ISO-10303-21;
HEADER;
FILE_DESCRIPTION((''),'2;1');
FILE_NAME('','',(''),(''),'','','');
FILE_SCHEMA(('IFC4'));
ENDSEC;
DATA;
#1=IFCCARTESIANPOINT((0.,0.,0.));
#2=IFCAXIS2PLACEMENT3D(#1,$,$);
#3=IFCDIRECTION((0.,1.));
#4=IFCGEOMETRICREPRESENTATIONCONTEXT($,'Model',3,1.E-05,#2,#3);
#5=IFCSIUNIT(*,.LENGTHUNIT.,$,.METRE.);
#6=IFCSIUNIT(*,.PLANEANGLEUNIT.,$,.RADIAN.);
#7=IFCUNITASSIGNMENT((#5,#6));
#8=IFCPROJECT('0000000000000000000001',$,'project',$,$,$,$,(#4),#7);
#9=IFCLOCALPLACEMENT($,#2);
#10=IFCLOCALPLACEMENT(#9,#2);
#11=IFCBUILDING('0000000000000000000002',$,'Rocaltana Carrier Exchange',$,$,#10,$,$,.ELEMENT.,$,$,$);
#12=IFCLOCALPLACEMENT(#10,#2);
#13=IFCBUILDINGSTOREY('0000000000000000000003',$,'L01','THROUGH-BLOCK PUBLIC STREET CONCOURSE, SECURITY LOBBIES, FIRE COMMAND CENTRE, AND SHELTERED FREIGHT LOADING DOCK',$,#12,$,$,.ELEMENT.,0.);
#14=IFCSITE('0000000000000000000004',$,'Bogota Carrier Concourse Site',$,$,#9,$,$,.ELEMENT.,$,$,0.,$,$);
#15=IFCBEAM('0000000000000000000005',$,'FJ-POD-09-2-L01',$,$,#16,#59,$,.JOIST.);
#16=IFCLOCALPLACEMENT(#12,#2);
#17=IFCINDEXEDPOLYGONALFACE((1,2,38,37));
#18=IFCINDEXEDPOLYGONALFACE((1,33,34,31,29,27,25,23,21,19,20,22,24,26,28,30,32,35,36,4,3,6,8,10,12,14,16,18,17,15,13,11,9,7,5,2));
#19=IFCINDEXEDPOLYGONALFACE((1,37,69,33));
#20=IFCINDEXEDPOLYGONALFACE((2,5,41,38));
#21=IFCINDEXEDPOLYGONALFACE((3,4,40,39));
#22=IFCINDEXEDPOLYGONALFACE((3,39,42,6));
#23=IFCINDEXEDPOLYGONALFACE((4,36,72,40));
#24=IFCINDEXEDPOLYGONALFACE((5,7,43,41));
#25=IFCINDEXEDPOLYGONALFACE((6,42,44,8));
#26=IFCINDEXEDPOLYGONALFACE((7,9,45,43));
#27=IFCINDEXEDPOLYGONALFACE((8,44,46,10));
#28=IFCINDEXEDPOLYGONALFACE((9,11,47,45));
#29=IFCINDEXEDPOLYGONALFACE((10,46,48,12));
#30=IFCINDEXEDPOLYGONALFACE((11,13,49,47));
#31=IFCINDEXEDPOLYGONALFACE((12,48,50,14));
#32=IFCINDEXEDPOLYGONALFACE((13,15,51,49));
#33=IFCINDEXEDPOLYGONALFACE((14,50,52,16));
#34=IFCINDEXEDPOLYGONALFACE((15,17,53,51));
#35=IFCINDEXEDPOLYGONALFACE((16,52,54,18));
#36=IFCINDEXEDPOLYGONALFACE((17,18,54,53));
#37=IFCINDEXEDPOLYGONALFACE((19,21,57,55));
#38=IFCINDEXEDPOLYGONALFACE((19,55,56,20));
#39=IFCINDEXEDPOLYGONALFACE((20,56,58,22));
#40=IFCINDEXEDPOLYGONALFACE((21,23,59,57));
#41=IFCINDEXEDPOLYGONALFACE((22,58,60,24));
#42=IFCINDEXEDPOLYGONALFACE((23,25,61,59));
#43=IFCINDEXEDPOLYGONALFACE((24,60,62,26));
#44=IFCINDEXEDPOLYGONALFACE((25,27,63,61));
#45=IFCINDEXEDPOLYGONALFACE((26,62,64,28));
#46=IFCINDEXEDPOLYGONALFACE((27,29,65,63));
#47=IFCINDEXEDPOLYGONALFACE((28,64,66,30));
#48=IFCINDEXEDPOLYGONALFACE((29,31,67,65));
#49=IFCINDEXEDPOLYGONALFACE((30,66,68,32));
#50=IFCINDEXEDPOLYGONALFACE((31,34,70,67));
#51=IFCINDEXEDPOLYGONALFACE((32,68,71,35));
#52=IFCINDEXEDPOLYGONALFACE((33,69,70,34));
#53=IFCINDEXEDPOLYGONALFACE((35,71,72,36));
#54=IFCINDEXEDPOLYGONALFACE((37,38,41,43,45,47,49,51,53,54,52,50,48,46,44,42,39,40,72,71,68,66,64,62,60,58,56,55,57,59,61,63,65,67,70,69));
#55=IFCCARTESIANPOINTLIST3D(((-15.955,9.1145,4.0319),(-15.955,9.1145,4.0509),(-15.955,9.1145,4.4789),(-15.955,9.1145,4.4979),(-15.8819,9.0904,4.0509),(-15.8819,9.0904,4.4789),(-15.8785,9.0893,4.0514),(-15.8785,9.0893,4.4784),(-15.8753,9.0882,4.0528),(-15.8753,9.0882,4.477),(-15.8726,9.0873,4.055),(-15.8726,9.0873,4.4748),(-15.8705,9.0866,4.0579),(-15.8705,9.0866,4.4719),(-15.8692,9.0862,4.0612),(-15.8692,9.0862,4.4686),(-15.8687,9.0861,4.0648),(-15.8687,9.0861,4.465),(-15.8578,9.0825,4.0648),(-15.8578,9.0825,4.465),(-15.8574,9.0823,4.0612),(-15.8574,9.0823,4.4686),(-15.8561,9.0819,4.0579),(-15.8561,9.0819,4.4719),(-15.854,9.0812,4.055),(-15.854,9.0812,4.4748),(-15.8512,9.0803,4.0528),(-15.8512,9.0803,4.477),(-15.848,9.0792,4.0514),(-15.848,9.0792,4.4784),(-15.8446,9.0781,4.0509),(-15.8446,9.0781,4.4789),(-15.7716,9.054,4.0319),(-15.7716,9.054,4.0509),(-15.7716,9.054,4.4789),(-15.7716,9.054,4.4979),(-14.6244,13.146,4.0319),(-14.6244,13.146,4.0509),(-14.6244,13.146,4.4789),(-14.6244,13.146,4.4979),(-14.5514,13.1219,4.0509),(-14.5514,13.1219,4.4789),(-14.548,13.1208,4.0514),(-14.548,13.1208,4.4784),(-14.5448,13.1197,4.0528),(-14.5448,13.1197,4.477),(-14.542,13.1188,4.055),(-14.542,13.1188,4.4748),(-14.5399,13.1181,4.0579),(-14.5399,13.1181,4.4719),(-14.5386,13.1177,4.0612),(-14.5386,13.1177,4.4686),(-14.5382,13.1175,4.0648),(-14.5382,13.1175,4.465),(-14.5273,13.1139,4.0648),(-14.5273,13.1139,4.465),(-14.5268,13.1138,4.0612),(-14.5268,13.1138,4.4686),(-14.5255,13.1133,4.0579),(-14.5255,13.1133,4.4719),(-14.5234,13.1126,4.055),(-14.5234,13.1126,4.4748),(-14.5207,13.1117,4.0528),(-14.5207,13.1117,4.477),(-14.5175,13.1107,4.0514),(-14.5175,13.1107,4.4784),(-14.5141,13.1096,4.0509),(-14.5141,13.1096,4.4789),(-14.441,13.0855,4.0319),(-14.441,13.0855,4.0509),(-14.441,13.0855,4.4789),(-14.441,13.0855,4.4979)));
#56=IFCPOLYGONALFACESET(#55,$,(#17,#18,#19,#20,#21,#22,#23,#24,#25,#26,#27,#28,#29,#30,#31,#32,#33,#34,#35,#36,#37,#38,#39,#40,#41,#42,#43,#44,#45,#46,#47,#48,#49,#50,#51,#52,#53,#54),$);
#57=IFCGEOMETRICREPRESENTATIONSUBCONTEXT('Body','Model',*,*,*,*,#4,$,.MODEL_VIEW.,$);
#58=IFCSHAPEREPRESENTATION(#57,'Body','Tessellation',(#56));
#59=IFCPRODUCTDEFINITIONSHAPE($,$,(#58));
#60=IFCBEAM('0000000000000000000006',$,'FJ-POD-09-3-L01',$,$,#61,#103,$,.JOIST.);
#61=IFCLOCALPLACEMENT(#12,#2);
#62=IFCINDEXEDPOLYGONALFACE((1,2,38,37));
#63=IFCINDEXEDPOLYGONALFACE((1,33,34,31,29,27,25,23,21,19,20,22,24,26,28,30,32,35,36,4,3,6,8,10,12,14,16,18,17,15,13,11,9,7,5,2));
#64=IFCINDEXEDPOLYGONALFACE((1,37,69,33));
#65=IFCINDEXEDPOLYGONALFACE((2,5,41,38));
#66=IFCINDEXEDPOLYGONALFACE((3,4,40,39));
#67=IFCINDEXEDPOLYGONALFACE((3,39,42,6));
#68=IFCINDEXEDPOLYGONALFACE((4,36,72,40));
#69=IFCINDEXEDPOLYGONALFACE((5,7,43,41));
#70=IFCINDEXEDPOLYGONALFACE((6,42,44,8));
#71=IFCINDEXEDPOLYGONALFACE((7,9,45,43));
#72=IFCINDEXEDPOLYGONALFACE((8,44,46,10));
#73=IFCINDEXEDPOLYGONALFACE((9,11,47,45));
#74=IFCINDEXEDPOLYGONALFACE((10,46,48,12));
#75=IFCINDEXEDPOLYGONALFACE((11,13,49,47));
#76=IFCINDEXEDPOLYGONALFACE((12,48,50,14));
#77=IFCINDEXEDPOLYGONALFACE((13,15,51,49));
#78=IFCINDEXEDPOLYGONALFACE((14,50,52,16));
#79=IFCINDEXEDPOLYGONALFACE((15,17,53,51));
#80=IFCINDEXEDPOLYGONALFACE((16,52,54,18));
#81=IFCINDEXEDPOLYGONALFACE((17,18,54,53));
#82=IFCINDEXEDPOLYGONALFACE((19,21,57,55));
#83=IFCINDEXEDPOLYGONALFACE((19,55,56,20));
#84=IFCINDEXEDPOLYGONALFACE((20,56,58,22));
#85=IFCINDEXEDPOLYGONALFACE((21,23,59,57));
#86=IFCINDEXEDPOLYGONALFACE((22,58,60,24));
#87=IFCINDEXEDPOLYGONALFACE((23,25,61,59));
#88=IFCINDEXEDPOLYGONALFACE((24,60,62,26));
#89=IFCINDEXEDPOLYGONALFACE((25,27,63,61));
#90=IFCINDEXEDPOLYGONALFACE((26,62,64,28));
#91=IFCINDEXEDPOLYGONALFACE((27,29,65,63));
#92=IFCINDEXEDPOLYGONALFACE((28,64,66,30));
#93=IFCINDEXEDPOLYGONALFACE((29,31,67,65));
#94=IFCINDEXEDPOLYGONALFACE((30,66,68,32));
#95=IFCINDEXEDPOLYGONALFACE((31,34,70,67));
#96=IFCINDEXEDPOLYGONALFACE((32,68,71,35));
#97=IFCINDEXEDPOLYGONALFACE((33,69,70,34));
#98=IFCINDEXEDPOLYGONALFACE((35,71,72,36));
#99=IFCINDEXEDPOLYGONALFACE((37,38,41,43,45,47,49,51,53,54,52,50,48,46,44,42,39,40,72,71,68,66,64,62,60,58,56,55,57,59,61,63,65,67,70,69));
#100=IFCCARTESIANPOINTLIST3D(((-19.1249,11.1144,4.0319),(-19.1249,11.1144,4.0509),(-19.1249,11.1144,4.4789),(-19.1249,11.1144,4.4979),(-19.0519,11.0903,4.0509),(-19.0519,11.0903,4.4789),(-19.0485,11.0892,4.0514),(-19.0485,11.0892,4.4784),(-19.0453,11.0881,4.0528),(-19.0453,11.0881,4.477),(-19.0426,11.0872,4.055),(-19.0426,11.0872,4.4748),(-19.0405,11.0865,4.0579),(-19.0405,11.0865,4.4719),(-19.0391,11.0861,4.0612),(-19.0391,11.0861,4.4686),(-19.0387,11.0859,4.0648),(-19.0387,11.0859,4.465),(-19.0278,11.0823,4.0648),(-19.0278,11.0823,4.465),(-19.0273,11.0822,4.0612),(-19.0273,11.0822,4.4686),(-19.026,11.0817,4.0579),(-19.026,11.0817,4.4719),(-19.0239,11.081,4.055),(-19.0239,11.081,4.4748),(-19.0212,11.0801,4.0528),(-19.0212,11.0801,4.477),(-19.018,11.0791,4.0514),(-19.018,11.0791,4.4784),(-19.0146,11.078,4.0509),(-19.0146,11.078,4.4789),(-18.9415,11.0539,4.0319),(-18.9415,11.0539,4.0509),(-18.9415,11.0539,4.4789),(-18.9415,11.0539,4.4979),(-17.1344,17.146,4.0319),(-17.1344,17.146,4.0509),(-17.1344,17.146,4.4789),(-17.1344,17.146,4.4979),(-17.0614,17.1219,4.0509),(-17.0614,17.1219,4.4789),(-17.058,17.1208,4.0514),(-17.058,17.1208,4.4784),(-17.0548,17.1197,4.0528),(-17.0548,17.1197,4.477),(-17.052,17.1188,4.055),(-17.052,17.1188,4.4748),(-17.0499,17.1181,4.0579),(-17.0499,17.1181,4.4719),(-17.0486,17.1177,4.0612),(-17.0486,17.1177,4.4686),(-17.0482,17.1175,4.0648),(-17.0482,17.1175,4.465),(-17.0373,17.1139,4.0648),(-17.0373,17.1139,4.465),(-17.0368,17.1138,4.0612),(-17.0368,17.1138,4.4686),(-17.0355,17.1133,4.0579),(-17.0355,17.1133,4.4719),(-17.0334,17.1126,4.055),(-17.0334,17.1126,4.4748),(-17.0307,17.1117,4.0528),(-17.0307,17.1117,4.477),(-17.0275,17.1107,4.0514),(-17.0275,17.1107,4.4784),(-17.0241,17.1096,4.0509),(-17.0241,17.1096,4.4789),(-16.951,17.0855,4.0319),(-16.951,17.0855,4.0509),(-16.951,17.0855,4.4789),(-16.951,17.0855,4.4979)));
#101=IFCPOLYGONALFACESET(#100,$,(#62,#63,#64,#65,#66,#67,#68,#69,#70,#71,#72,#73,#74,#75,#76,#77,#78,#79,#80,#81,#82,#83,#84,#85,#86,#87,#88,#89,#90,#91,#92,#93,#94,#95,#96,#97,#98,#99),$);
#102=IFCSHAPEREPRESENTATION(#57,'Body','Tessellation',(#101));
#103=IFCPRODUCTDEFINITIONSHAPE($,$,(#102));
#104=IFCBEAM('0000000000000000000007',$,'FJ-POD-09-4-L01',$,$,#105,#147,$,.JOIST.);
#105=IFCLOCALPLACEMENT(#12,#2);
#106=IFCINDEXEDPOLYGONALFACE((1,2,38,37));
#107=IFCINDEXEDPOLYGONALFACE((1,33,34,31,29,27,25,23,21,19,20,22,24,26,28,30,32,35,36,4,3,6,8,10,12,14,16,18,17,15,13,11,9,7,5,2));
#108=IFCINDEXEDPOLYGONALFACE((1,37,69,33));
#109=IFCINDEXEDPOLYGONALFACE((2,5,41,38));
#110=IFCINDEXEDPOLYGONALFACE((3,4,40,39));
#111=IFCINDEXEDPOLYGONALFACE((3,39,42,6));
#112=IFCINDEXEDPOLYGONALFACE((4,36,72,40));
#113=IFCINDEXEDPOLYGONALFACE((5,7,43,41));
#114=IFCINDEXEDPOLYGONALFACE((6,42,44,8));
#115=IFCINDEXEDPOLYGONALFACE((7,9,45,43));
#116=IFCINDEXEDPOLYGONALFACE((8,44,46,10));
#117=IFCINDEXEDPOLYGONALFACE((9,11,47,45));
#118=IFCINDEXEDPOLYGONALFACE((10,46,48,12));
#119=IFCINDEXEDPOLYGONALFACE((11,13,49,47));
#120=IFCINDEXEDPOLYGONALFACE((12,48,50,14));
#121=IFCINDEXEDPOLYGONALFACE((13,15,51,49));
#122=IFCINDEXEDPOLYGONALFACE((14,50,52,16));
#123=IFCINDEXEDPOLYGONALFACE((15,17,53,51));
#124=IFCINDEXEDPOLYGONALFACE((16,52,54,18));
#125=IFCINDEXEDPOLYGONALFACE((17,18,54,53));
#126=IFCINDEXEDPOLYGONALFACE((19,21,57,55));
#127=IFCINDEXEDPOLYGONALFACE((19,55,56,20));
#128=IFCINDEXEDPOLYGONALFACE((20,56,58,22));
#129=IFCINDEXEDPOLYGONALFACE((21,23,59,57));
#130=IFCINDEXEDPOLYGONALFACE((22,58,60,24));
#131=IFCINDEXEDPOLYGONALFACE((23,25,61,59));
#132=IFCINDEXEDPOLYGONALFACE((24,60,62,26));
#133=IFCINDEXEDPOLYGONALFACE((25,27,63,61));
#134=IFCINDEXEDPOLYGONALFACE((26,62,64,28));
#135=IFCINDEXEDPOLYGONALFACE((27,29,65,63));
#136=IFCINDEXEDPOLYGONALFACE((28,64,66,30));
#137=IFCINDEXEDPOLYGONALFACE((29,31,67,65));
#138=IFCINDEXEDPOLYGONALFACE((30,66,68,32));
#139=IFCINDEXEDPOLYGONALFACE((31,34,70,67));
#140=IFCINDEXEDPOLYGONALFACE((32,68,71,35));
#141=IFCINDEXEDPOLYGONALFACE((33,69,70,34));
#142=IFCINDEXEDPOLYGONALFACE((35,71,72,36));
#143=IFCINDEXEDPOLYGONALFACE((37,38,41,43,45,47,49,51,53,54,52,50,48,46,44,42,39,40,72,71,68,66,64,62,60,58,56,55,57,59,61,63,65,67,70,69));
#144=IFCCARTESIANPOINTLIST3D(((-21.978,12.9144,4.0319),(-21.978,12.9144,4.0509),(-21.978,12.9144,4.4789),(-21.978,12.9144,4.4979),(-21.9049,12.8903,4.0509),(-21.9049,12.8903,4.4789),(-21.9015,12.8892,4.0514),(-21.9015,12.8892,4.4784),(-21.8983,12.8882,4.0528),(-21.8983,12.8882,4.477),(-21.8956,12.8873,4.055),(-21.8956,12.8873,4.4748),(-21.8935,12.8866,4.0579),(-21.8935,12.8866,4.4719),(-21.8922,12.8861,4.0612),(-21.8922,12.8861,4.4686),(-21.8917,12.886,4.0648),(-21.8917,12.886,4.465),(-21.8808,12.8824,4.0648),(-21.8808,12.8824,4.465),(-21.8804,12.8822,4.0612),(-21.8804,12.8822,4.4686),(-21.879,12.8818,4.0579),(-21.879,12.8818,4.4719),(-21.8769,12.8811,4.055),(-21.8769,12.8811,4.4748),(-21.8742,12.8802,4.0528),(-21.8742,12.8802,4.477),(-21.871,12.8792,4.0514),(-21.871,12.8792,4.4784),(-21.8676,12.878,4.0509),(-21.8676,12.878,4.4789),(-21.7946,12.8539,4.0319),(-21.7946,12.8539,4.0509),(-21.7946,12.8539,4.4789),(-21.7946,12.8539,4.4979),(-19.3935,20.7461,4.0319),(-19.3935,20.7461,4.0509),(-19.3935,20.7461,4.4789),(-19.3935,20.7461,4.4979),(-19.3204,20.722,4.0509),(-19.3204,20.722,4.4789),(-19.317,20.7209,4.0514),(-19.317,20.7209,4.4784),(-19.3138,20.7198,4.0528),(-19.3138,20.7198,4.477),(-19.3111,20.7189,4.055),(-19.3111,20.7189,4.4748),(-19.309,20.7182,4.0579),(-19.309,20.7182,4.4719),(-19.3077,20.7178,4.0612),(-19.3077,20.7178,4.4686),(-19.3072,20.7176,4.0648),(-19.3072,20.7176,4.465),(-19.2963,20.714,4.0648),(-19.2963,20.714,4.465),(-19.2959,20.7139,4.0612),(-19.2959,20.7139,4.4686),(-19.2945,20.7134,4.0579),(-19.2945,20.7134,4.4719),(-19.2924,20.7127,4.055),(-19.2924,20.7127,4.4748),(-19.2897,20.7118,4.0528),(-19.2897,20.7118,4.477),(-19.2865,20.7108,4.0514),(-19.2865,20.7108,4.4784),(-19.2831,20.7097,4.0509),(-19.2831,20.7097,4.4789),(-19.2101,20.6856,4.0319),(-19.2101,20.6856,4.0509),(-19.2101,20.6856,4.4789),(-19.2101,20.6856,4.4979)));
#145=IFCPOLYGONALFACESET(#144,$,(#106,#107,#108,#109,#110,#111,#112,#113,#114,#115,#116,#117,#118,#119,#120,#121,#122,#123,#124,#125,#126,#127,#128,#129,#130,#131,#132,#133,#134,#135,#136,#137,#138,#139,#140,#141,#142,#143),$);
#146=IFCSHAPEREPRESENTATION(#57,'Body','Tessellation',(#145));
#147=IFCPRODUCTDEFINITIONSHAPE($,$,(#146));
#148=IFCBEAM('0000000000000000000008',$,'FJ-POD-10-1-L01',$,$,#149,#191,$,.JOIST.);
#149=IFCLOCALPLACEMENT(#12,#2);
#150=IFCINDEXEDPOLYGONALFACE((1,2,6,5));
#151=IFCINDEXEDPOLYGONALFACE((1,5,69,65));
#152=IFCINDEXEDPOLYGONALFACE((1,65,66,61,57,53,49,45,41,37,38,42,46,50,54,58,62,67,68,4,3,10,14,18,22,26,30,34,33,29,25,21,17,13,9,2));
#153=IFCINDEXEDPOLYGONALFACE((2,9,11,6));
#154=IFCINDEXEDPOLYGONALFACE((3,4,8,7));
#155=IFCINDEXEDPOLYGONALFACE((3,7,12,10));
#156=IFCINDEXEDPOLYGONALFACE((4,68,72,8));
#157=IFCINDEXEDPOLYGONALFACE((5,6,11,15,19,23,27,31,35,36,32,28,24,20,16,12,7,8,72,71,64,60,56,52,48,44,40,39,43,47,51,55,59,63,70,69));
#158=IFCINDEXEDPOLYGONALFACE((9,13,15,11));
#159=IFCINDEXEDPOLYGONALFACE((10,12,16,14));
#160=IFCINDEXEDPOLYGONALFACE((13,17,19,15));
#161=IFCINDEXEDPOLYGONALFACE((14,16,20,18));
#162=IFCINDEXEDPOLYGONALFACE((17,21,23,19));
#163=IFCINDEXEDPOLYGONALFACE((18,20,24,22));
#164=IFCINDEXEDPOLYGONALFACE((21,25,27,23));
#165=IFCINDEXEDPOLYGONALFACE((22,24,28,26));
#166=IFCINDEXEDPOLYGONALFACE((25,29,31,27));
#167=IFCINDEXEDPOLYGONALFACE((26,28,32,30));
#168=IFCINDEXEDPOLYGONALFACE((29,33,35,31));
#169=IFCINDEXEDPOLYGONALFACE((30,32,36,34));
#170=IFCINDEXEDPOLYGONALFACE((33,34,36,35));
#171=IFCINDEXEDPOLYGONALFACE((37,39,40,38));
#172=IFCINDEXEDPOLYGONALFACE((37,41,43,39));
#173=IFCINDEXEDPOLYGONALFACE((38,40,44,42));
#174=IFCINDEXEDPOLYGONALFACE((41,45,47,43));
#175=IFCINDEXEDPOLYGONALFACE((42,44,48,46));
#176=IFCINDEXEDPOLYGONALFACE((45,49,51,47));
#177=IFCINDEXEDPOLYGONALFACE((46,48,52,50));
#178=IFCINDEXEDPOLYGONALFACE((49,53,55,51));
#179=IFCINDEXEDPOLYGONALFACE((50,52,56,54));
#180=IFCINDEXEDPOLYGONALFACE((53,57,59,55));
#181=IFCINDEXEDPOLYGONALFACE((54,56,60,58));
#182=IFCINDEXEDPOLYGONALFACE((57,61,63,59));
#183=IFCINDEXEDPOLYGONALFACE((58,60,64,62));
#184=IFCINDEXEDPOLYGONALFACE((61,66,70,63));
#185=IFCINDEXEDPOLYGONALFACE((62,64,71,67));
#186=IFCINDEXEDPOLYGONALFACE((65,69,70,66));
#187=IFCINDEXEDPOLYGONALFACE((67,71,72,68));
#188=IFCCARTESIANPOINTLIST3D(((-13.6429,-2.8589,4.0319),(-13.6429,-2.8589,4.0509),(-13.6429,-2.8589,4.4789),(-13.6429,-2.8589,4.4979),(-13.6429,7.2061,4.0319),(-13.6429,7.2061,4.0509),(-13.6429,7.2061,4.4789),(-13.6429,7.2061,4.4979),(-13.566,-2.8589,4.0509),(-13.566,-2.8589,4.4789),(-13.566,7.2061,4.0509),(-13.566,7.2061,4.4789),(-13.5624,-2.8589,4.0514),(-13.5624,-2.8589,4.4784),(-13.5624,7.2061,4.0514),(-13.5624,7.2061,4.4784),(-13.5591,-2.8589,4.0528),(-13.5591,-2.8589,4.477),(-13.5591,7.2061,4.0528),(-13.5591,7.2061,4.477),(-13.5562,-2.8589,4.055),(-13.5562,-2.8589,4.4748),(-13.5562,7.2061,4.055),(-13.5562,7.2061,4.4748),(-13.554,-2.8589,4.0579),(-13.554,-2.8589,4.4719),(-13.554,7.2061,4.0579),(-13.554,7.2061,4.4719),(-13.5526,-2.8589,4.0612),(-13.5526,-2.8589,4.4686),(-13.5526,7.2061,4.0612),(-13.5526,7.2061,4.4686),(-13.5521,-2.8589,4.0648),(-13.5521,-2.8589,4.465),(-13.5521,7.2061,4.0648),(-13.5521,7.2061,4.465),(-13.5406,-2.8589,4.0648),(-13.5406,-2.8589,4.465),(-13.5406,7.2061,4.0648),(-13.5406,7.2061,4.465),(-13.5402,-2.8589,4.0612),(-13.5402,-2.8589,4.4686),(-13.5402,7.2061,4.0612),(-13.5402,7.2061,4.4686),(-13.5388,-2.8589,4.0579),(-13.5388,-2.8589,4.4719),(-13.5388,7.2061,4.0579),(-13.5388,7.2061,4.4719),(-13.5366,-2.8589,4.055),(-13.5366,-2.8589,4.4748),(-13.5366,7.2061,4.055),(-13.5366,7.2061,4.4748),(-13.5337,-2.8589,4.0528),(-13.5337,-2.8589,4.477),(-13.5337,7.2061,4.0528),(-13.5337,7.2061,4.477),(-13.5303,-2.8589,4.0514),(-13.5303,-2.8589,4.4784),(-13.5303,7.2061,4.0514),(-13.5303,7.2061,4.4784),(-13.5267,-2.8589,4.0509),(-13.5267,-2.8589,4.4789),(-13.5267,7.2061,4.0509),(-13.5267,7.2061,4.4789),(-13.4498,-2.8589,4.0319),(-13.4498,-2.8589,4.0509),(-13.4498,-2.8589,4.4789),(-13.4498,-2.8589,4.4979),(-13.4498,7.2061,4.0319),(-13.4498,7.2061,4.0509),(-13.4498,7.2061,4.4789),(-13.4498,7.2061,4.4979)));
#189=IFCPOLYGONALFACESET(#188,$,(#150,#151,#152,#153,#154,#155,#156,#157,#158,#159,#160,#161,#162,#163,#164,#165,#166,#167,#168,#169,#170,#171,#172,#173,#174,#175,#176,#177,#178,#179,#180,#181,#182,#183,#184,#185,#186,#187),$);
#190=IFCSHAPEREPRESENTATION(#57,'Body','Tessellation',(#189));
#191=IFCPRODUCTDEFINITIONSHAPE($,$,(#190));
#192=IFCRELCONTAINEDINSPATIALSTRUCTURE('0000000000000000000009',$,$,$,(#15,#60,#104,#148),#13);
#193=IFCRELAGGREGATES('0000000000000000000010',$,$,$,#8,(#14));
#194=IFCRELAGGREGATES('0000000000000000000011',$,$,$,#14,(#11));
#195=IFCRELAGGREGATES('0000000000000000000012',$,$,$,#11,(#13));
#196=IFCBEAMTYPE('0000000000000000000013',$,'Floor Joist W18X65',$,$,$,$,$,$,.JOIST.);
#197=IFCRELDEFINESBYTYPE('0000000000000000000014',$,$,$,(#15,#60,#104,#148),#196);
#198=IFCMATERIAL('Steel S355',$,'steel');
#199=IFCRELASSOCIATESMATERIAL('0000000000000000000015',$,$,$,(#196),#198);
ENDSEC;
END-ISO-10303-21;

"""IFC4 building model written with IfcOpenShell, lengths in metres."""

from ifc_helpers import new_model, si_unit, direction, frame, origin, origin_2d, place, context, subcontext, project, spatial, i_section, extrude, material, material_profile, profile_set, type_object, element, save


model = new_model("IFC4")

# Units and contexts
model_context = context("Model", 3, precision=1e-05, world=origin(), true_north=direction((0.0, 1.0)))
body_context = subcontext(model_context, "Body", "Model", "MODEL_VIEW")
ifc_project = project(units=[si_unit("LENGTHUNIT", "METRE"), si_unit("PLANEANGLEUNIT", "RADIAN")], contexts=[model_context])

# Site, building, storey
site_placement = place(None, origin())
site = spatial("IfcSite", under=ifc_project, at=site_placement, Name="Bogota Carrier Concourse Site", CompositionType="ELEMENT", RefElevation=0.0)
building_placement = place(site_placement, origin())
building = spatial("IfcBuilding", under=site, at=building_placement, Name="Rocaltana Carrier Exchange", CompositionType="ELEMENT")
storey_placement = place(building_placement, origin())
storey = spatial("IfcBuildingStorey", under=building, at=storey_placement, Name="L01", Description="THROUGH-BLOCK PUBLIC STREET CONCOURSE, SECURITY LOBBIES, FIRE COMMAND CENTRE, AND SHELTERED FREIGHT LOADING DOCK", CompositionType="ELEMENT", Elevation=0.0)

# Beams
ifc_material_1 = material(Name="Steel S355", Category="steel")
ifc_material_profile_1 = material_profile(ifc_material_1, i_section(OverallWidth=0.1931, OverallDepth=0.4661, WebThickness=0.0115, FlangeThickness=0.019, FilletRadius=0.0139, at=origin_2d()), Name="W18X65")
ifc_profile_set_1 = profile_set([ifc_material_profile_1], Name="Steel S355")
beam_type_1 = type_object("IfcBeamType", Name="Floor Joist W18X65", PredefinedType="JOIST", material=ifc_profile_set_1)
beam_1_placement = place(storey_placement, frame((-14.5327, 13.1157, 4.2649), z_axis=(-0.313414, -0.949616, 0.0), x_axis=(0.949616, -0.313414, 0.0)))
element("IfcBeam", 1, at=beam_1_placement, inside=storey, type_object=beam_type_1, Name="FJ-POD-09-2-L01", PredefinedType="JOIST", context=body_context, shape_type="SweptSolid", body=[
    extrude(i_section(OverallWidth=0.1931, OverallDepth=0.4661, WebThickness=0.0115, FlangeThickness=0.019, FilletRadius=0.0139, at=origin_2d()), origin(), (0.0, 0.0, 1.0), 4.2454),
])
beam_2_placement = place(storey_placement, frame((-17.0427, 17.1157, 4.2649), z_axis=(-0.31339, -0.949625, 0.0), x_axis=(0.949625, -0.31339, 0.0)))
element("IfcBeam", 2, at=beam_2_placement, inside=storey, type_object=beam_type_1, Name="FJ-POD-09-3-L01", PredefinedType="JOIST", context=body_context, shape_type="SweptSolid", body=[
    extrude(i_section(OverallWidth=0.1931, OverallDepth=0.4661, WebThickness=0.0115, FlangeThickness=0.019, FilletRadius=0.0139, at=origin_2d()), origin(), (0.0, 0.0, 1.0), 6.3516),
])
beam_3_placement = place(storey_placement, frame((-19.3018, 20.7158, 4.2649), z_axis=(-0.313384, -0.949626, 0.0), x_axis=(0.949626, -0.313384, 0.0)))
element("IfcBeam", 3, at=beam_3_placement, inside=storey, type_object=beam_type_1, Name="FJ-POD-09-4-L01", PredefinedType="JOIST", context=body_context, shape_type="SweptSolid", body=[
    extrude(i_section(OverallWidth=0.1931, OverallDepth=0.4661, WebThickness=0.0115, FlangeThickness=0.019, FilletRadius=0.0139, at=origin_2d()), origin(), (0.0, 0.0, 1.0), 8.2471),
])
beam_4_placement = place(storey_placement, frame((-13.5464, 7.2061, 4.2649), z_axis=(0.0, -1.0, 0.0), x_axis=(1.0, 0.0, 0.0)))
element("IfcBeam", 4, at=beam_4_placement, inside=storey, type_object=beam_type_1, Name="FJ-POD-10-1-L01", PredefinedType="JOIST", context=body_context, shape_type="SweptSolid", body=[
    extrude(i_section(OverallWidth=0.1931, OverallDepth=0.4661, WebThickness=0.0115, FlangeThickness=0.019, FilletRadius=0.0139, at=origin_2d()), origin(), (0.0, 0.0, 1.0), 10.0649),
])

save(model, "model.ifc")
